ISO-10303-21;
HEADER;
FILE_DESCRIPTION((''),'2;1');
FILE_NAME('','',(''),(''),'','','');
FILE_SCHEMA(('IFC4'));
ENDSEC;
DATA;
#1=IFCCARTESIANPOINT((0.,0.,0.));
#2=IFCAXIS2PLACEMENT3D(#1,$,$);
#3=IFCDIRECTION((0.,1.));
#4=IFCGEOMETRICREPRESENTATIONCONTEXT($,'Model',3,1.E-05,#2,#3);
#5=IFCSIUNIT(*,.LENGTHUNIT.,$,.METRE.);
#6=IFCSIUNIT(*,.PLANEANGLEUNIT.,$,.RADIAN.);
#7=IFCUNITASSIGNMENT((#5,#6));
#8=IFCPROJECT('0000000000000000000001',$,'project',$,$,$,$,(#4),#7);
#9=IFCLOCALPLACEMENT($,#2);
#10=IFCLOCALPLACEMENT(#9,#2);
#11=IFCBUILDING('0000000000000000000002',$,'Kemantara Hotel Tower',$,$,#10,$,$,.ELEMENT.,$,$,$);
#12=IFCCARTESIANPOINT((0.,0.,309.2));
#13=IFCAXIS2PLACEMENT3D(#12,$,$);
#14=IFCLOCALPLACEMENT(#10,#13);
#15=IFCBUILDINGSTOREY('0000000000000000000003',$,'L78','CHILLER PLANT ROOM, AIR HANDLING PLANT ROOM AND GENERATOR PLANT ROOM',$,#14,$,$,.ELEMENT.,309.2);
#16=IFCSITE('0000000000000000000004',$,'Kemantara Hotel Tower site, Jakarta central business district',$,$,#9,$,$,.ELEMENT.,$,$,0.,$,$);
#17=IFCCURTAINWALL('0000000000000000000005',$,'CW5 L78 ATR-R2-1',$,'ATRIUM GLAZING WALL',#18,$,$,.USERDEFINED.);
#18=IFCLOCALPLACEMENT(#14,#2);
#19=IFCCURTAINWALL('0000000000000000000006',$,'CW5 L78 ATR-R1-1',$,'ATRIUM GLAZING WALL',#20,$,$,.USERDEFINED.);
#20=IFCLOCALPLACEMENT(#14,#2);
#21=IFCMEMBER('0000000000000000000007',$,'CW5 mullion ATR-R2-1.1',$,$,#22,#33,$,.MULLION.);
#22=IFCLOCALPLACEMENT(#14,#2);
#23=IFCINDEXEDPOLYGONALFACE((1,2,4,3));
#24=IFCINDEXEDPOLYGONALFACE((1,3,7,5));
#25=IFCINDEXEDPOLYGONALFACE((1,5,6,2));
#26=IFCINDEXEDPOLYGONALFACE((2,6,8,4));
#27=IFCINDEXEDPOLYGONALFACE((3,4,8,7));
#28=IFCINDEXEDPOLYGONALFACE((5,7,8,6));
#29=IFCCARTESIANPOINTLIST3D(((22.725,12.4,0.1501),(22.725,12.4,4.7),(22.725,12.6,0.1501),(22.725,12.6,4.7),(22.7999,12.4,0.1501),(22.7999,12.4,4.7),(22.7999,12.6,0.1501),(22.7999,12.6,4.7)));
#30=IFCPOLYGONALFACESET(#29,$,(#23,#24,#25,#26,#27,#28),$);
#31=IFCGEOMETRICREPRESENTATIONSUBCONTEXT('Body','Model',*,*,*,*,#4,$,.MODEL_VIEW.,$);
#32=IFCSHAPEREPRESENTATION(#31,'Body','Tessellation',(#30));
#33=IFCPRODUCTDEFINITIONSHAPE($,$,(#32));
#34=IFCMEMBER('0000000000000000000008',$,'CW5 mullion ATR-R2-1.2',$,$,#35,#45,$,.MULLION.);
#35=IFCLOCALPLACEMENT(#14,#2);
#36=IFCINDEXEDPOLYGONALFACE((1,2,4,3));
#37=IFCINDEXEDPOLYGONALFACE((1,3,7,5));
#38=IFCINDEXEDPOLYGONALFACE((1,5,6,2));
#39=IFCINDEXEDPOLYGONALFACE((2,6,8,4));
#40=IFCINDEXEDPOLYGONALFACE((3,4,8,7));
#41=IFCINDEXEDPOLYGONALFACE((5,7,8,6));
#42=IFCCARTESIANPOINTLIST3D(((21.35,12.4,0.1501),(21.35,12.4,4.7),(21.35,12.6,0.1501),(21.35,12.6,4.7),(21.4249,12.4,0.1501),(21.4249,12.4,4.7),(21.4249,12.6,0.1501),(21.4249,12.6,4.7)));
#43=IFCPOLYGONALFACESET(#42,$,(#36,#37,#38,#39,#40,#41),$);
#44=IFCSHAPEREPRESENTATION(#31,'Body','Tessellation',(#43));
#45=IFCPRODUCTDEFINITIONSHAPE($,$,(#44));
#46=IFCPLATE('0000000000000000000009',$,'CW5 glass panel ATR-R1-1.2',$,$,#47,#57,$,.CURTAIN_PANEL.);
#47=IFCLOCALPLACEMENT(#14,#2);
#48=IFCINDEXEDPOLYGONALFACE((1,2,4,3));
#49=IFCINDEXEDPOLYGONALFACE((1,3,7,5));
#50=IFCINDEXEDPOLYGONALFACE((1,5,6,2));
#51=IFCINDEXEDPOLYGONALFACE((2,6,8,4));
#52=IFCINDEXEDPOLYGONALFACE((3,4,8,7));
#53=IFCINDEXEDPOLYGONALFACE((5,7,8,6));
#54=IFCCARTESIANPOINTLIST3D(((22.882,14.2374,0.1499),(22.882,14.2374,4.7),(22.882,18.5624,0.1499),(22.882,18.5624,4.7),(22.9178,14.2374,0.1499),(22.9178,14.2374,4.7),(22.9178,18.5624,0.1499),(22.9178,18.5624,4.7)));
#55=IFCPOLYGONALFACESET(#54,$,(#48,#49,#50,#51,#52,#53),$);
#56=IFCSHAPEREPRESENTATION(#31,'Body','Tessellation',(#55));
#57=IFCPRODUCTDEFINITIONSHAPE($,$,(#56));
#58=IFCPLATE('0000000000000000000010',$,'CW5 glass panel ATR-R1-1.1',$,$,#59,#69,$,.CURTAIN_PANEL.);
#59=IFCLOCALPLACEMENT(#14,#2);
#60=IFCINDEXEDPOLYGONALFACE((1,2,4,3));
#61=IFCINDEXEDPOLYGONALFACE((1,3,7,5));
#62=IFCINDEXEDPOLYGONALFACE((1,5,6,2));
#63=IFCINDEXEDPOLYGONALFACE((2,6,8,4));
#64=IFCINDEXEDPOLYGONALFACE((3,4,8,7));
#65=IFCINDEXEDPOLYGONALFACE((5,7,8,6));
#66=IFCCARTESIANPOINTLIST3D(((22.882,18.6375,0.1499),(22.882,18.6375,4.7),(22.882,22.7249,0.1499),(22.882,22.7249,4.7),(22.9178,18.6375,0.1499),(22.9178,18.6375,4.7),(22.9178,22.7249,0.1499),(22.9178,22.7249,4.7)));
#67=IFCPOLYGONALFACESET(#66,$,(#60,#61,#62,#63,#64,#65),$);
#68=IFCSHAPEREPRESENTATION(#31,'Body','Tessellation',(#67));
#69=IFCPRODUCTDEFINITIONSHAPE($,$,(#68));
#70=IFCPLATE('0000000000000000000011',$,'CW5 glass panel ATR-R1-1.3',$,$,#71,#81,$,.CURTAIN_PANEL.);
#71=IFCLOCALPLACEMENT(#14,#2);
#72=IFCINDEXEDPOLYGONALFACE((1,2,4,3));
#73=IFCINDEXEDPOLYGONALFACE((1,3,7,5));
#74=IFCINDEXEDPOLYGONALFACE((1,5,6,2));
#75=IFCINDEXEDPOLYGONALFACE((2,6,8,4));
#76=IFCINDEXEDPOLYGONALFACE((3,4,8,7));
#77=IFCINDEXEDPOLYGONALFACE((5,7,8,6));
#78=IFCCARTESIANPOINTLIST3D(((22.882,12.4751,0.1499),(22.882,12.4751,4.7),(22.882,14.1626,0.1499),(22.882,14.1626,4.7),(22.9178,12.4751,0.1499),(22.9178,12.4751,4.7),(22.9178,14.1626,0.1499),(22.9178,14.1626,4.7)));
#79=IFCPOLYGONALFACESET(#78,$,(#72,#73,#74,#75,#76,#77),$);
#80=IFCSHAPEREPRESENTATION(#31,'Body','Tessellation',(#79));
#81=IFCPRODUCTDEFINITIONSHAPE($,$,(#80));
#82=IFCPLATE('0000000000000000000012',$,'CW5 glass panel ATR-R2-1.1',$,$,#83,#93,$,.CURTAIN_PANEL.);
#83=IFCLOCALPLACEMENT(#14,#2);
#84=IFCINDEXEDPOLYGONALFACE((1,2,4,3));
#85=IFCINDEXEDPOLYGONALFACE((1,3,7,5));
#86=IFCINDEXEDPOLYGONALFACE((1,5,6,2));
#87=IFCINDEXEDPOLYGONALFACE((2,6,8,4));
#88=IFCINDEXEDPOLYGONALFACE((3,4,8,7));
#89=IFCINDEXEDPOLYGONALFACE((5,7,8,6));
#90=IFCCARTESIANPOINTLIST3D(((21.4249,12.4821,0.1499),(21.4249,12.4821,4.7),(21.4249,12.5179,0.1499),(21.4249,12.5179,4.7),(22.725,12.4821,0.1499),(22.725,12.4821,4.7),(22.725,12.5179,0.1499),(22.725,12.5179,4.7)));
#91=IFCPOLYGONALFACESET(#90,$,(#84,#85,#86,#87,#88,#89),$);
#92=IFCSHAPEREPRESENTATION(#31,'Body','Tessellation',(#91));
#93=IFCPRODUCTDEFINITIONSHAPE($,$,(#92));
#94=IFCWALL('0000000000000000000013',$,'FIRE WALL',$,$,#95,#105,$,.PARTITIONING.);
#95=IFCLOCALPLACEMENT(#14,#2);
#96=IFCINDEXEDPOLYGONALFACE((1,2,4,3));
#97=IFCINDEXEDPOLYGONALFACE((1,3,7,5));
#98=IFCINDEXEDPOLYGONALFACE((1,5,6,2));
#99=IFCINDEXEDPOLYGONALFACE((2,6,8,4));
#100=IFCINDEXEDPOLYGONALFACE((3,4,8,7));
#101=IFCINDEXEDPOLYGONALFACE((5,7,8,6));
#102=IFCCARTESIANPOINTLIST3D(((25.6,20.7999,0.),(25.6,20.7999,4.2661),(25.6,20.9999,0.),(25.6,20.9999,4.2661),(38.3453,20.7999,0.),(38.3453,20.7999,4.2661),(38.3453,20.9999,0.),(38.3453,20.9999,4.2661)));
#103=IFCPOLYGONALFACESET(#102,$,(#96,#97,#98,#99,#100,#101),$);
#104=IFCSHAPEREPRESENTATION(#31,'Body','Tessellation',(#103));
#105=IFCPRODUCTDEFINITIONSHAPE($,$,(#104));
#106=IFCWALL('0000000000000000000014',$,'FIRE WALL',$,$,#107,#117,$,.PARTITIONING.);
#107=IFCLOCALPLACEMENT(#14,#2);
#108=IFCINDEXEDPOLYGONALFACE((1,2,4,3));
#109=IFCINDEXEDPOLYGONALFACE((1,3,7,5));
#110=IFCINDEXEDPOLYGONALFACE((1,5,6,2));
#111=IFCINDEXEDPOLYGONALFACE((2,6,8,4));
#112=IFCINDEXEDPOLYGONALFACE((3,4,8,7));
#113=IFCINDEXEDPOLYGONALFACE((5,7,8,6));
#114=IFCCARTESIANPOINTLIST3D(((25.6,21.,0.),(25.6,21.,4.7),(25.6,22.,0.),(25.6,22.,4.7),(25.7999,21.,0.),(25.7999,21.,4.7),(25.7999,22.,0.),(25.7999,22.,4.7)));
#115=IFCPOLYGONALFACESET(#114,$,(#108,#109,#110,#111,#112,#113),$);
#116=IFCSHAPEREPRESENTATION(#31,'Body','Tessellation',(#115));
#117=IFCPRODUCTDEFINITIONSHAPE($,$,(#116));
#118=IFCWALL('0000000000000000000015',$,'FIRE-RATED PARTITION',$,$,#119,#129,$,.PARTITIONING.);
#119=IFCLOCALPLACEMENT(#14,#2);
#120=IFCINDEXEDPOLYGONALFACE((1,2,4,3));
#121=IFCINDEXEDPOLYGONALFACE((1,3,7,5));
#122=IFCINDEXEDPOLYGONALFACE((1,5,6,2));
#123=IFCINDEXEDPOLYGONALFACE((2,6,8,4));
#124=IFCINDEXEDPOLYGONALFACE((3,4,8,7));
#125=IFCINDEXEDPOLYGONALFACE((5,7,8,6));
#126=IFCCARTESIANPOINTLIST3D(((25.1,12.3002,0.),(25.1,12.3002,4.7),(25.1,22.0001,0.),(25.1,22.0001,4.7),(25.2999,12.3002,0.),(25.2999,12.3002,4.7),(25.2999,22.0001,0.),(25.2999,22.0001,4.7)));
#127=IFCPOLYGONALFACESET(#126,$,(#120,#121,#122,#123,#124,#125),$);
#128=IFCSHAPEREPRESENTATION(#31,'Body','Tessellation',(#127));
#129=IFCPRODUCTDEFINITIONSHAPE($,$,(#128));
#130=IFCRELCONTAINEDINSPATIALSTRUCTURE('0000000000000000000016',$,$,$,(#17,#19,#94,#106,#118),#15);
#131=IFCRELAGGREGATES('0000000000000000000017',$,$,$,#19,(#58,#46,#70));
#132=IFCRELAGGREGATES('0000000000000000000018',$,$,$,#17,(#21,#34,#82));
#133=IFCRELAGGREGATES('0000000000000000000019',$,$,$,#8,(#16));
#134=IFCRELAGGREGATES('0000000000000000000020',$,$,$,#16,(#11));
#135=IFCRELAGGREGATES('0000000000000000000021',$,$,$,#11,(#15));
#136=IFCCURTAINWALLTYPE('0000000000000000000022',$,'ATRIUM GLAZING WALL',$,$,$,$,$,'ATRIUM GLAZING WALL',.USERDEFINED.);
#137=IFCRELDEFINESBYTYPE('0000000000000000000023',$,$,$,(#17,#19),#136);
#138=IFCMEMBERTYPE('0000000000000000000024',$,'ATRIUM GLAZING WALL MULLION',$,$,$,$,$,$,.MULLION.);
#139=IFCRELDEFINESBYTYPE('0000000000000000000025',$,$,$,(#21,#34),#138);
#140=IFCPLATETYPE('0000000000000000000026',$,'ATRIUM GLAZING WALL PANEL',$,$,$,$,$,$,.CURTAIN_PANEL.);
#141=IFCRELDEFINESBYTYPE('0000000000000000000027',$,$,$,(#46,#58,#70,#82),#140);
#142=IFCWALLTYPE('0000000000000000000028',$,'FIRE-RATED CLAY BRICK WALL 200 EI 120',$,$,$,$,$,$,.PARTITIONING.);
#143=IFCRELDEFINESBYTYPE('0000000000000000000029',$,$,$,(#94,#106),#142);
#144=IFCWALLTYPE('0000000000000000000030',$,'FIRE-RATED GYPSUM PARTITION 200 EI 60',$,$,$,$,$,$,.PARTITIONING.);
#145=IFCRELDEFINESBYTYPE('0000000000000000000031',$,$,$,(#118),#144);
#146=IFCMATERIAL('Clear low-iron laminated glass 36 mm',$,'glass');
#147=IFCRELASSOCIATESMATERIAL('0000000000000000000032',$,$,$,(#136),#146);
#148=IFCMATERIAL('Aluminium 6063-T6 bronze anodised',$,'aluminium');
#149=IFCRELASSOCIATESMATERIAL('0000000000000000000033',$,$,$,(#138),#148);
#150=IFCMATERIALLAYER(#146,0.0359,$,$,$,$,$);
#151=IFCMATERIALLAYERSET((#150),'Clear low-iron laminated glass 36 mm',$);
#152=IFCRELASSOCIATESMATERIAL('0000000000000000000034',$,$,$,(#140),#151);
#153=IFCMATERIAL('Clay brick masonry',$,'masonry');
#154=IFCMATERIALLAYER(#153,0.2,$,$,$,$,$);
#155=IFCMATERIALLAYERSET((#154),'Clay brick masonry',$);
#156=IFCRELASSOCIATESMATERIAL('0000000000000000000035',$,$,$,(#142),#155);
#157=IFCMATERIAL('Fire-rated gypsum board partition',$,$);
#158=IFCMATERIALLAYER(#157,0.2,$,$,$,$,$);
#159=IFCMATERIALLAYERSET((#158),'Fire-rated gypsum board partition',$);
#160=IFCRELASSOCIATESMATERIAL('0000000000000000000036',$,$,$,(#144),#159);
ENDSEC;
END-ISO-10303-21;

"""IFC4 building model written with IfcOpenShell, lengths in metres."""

from ifc_helpers import new_model, si_unit, direction, frame, frame_2d, origin, origin_2d, place, context, subcontext, project, spatial, rectangle, extrude, source, transform, mapped, material, layer, layer_set, material_profile, profile_set, type_object, element, aggregate, save


model = new_model("IFC4")

# Units and contexts
model_context = context("Model", 3, precision=1e-05, world=origin(), true_north=direction((0.0, 1.0)))
body_context = subcontext(model_context, "Body", "Model", "MODEL_VIEW")
ifc_project = project(units=[si_unit("LENGTHUNIT", "METRE"), si_unit("PLANEANGLEUNIT", "RADIAN")], contexts=[model_context])

# Site, building, storey
site_placement = place(None, origin())
site = spatial("IfcSite", under=ifc_project, at=site_placement, Name="Kemantara Hotel Tower site, Jakarta central business district", CompositionType="ELEMENT", RefElevation=0.0)
building_placement = place(site_placement, origin())
building = spatial("IfcBuilding", under=site, at=building_placement, Name="Kemantara Hotel Tower", CompositionType="ELEMENT")
storey_placement = place(building_placement, frame((0.0, 0.0, 309.2)))
storey = spatial("IfcBuildingStorey", under=building, at=storey_placement, Name="L78", Description="CHILLER PLANT ROOM, AIR HANDLING PLANT ROOM AND GENERATOR PLANT ROOM", CompositionType="ELEMENT", Elevation=309.2)

# Curtain wall
ifc_material_1 = material(Name="Clear low-iron laminated glass 36 mm", Category="glass")
curtain_wall_type = type_object("IfcCurtainWallType", Name="ATRIUM GLAZING WALL", ElementType="ATRIUM GLAZING WALL", PredefinedType="USERDEFINED", material=ifc_material_1)
curtain_wall_1_placement = place(storey_placement, origin())
curtain_wall_1 = element("IfcCurtainWall", 1, at=curtain_wall_1_placement, inside=storey, type_object=curtain_wall_type, Name="CW5 L78 ATR-R2-1", ObjectType="ATRIUM GLAZING WALL", PredefinedType="USERDEFINED")
ifc_material_2 = material(Name="Aluminium 6063-T6 bronze anodised", Category="aluminium")

# Curtain wall
curtain_wall_2_placement = place(storey_placement, origin())
curtain_wall_2 = element("IfcCurtainWall", 2, at=curtain_wall_2_placement, inside=storey, type_object=curtain_wall_type, Name="CW5 L78 ATR-R1-1", ObjectType="ATRIUM GLAZING WALL", PredefinedType="USERDEFINED")
ifc_material_profile_1 = material_profile(ifc_material_2, rectangle(XDim=0.2, YDim=0.075, at=origin_2d()), Name="ATRIUM GLAZING WALL MULLION")
ifc_profile_set_1 = profile_set([ifc_material_profile_1], Name="Aluminium 6063-T6 bronze anodised")
member_type_1 = type_object("IfcMemberType", Name="ATRIUM GLAZING WALL MULLION", PredefinedType="MULLION", material=ifc_profile_set_1)
shared_shape_1 = source(origin(), body_context, "Body", "SweptSolid", [
    extrude(rectangle(XDim=0.2, YDim=0.075, at=origin_2d()), origin(), (0.0, 0.0, 1.0), 4.5498),
])

# Members
member_1_placement = place(storey_placement, frame((22.7625, 12.5, 0.1501), z_axis=(0.0, 0.0, 1.0), x_axis=(0.0, -1.0, 0.0)))
member_1 = element("IfcMember", 3, at=member_1_placement, type_object=member_type_1, Name="CW5 mullion ATR-R2-1.1", PredefinedType="MULLION", context=body_context, shape_type="MappedRepresentation", body=[
    mapped(shared_shape_1, transform((0.0, 0.0, 0.0))),
])
member_2_placement = place(storey_placement, frame((21.3875, 12.5, 0.1501), z_axis=(0.0, 0.0, 1.0), x_axis=(0.0, -1.0, 0.0)))
member_2 = element("IfcMember", 4, at=member_2_placement, type_object=member_type_1, Name="CW5 mullion ATR-R2-1.2", PredefinedType="MULLION", context=body_context, shape_type="MappedRepresentation", body=[
    mapped(shared_shape_1, transform((0.0, 0.0, 0.0))),
])

# Plates
ifc_layer_1 = layer(ifc_material_1, 0.0359)
ifc_layer_set_1 = layer_set([ifc_layer_1], Name="Clear low-iron laminated glass 36 mm")
plate_type = type_object("IfcPlateType", Name="ATRIUM GLAZING WALL PANEL", PredefinedType="CURTAIN_PANEL", material=ifc_layer_set_1)
shared_shape_2 = source(origin(), body_context, "Body", "SweptSolid", [
    extrude(rectangle(XDim=4.325, YDim=0.0359, at=origin_2d()), origin(), (0.0, 0.0, 1.0), 4.55),
])
plate_1_placement = place(storey_placement, frame((22.8999, 16.3999, 0.1499), z_axis=(0.0, 0.0, 1.0), x_axis=(0.0, -1.0, 0.0)))
plate_1 = element("IfcPlate", 5, at=plate_1_placement, type_object=plate_type, Name="CW5 glass panel ATR-R1-1.2", PredefinedType="CURTAIN_PANEL", context=body_context, shape_type="MappedRepresentation", body=[
    mapped(shared_shape_2, transform((0.0, 0.0, 0.0))),
])
shared_shape_3 = source(origin(), body_context, "Body", "SweptSolid", [
    extrude(rectangle(XDim=4.0874, YDim=0.0359, at=origin_2d()), origin(), (0.0, 0.0, 1.0), 4.55),
])
plate_2_placement = place(storey_placement, frame((22.8999, 20.6812, 0.1499), z_axis=(0.0, 0.0, 1.0), x_axis=(0.0, -1.0, 0.0)))
plate_2 = element("IfcPlate", 6, at=plate_2_placement, type_object=plate_type, Name="CW5 glass panel ATR-R1-1.1", PredefinedType="CURTAIN_PANEL", context=body_context, shape_type="MappedRepresentation", body=[
    mapped(shared_shape_3, transform((0.0, 0.0, 0.0))),
])
shared_shape_4 = source(origin(), body_context, "Body", "SweptSolid", [
    extrude(rectangle(XDim=1.6875, YDim=0.0359, at=origin_2d()), origin(), (0.0, 0.0, 1.0), 4.55),
])
plate_3_placement = place(storey_placement, frame((22.8999, 13.3188, 0.1499), z_axis=(0.0, 0.0, 1.0), x_axis=(0.0, -1.0, 0.0)))
plate_3 = element("IfcPlate", 7, at=plate_3_placement, type_object=plate_type, Name="CW5 glass panel ATR-R1-1.3", PredefinedType="CURTAIN_PANEL", context=body_context, shape_type="MappedRepresentation", body=[
    mapped(shared_shape_4, transform((0.0, 0.0, 0.0))),
])
aggregate(curtain_wall_2, [plate_2, plate_1, plate_3])
shared_shape_5 = source(origin(), body_context, "Body", "SweptSolid", [
    extrude(rectangle(XDim=1.3, YDim=0.0359, at=origin_2d()), origin(), (0.0, 0.0, 1.0), 4.55),
])
plate_4_placement = place(storey_placement, frame((22.075, 12.5, 0.1499), z_axis=(0.0, 0.0, 1.0), x_axis=(-1.0, 0.0, 0.0)))
plate_4 = element("IfcPlate", 8, at=plate_4_placement, type_object=plate_type, Name="CW5 glass panel ATR-R2-1.1", PredefinedType="CURTAIN_PANEL", context=body_context, shape_type="MappedRepresentation", body=[
    mapped(shared_shape_5, transform((0.0, 0.0, 0.0))),
])
aggregate(curtain_wall_1, [member_1, member_2, plate_4])

# Walls
ifc_material_3 = material(Name="Clay brick masonry", Category="masonry")
ifc_layer_2 = layer(ifc_material_3, 0.2)
ifc_layer_set_2 = layer_set([ifc_layer_2], Name="Clay brick masonry")
wall_type_1 = type_object("IfcWallType", Name="FIRE-RATED CLAY BRICK WALL 200 EI 120", PredefinedType="PARTITIONING", material=ifc_layer_set_2)
wall_1_placement = place(storey_placement, frame((25.6001, 20.8999, 0.0), z_axis=(0.0, 0.0, 1.0), x_axis=(1.0, 0.0, 0.0)))
element("IfcWall", 9, at=wall_1_placement, inside=storey, type_object=wall_type_1, Name="FIRE WALL", PredefinedType="PARTITIONING", context=body_context, shape_type="SweptSolid", body=[
    extrude(rectangle(XDim=12.7454, YDim=0.2, at=frame_2d((6.3726, 0.0))), origin(), (0.0, 0.0, 1.0), 4.2661),
])
wall_2_placement = place(storey_placement, frame((25.7, 21.0, 0.0), z_axis=(0.0, 0.0, 1.0), x_axis=(0.0, 1.0, 0.0)))
element("IfcWall", 10, at=wall_2_placement, inside=storey, type_object=wall_type_1, Name="FIRE WALL", PredefinedType="PARTITIONING", context=body_context, shape_type="SweptSolid", body=[
    extrude(rectangle(XDim=1.0, YDim=0.2, at=frame_2d((0.5, 0.0))), origin(), (0.0, 0.0, 1.0), 4.7),
])
ifc_material_4 = material(Name="Fire-rated gypsum board partition")
ifc_layer_3 = layer(ifc_material_4, 0.2)
ifc_layer_set_3 = layer_set([ifc_layer_3], Name="Fire-rated gypsum board partition")
wall_type_2 = type_object("IfcWallType", Name="FIRE-RATED GYPSUM PARTITION 200 EI 60", PredefinedType="PARTITIONING", material=ifc_layer_set_3)
wall_3_placement = place(storey_placement, frame((25.2, 12.3, 0.0), z_axis=(0.0, 0.0, 1.0), x_axis=(0.0, 1.0, 0.0)))
element("IfcWall", 11, at=wall_3_placement, inside=storey, type_object=wall_type_2, Name="FIRE-RATED PARTITION", PredefinedType="PARTITIONING", context=body_context, shape_type="SweptSolid", body=[
    extrude(rectangle(XDim=9.7, YDim=0.2, at=frame_2d((4.8501, 0.0))), origin(), (0.0, 0.0, 1.0), 4.7),
])

save(model, "model.ifc")
